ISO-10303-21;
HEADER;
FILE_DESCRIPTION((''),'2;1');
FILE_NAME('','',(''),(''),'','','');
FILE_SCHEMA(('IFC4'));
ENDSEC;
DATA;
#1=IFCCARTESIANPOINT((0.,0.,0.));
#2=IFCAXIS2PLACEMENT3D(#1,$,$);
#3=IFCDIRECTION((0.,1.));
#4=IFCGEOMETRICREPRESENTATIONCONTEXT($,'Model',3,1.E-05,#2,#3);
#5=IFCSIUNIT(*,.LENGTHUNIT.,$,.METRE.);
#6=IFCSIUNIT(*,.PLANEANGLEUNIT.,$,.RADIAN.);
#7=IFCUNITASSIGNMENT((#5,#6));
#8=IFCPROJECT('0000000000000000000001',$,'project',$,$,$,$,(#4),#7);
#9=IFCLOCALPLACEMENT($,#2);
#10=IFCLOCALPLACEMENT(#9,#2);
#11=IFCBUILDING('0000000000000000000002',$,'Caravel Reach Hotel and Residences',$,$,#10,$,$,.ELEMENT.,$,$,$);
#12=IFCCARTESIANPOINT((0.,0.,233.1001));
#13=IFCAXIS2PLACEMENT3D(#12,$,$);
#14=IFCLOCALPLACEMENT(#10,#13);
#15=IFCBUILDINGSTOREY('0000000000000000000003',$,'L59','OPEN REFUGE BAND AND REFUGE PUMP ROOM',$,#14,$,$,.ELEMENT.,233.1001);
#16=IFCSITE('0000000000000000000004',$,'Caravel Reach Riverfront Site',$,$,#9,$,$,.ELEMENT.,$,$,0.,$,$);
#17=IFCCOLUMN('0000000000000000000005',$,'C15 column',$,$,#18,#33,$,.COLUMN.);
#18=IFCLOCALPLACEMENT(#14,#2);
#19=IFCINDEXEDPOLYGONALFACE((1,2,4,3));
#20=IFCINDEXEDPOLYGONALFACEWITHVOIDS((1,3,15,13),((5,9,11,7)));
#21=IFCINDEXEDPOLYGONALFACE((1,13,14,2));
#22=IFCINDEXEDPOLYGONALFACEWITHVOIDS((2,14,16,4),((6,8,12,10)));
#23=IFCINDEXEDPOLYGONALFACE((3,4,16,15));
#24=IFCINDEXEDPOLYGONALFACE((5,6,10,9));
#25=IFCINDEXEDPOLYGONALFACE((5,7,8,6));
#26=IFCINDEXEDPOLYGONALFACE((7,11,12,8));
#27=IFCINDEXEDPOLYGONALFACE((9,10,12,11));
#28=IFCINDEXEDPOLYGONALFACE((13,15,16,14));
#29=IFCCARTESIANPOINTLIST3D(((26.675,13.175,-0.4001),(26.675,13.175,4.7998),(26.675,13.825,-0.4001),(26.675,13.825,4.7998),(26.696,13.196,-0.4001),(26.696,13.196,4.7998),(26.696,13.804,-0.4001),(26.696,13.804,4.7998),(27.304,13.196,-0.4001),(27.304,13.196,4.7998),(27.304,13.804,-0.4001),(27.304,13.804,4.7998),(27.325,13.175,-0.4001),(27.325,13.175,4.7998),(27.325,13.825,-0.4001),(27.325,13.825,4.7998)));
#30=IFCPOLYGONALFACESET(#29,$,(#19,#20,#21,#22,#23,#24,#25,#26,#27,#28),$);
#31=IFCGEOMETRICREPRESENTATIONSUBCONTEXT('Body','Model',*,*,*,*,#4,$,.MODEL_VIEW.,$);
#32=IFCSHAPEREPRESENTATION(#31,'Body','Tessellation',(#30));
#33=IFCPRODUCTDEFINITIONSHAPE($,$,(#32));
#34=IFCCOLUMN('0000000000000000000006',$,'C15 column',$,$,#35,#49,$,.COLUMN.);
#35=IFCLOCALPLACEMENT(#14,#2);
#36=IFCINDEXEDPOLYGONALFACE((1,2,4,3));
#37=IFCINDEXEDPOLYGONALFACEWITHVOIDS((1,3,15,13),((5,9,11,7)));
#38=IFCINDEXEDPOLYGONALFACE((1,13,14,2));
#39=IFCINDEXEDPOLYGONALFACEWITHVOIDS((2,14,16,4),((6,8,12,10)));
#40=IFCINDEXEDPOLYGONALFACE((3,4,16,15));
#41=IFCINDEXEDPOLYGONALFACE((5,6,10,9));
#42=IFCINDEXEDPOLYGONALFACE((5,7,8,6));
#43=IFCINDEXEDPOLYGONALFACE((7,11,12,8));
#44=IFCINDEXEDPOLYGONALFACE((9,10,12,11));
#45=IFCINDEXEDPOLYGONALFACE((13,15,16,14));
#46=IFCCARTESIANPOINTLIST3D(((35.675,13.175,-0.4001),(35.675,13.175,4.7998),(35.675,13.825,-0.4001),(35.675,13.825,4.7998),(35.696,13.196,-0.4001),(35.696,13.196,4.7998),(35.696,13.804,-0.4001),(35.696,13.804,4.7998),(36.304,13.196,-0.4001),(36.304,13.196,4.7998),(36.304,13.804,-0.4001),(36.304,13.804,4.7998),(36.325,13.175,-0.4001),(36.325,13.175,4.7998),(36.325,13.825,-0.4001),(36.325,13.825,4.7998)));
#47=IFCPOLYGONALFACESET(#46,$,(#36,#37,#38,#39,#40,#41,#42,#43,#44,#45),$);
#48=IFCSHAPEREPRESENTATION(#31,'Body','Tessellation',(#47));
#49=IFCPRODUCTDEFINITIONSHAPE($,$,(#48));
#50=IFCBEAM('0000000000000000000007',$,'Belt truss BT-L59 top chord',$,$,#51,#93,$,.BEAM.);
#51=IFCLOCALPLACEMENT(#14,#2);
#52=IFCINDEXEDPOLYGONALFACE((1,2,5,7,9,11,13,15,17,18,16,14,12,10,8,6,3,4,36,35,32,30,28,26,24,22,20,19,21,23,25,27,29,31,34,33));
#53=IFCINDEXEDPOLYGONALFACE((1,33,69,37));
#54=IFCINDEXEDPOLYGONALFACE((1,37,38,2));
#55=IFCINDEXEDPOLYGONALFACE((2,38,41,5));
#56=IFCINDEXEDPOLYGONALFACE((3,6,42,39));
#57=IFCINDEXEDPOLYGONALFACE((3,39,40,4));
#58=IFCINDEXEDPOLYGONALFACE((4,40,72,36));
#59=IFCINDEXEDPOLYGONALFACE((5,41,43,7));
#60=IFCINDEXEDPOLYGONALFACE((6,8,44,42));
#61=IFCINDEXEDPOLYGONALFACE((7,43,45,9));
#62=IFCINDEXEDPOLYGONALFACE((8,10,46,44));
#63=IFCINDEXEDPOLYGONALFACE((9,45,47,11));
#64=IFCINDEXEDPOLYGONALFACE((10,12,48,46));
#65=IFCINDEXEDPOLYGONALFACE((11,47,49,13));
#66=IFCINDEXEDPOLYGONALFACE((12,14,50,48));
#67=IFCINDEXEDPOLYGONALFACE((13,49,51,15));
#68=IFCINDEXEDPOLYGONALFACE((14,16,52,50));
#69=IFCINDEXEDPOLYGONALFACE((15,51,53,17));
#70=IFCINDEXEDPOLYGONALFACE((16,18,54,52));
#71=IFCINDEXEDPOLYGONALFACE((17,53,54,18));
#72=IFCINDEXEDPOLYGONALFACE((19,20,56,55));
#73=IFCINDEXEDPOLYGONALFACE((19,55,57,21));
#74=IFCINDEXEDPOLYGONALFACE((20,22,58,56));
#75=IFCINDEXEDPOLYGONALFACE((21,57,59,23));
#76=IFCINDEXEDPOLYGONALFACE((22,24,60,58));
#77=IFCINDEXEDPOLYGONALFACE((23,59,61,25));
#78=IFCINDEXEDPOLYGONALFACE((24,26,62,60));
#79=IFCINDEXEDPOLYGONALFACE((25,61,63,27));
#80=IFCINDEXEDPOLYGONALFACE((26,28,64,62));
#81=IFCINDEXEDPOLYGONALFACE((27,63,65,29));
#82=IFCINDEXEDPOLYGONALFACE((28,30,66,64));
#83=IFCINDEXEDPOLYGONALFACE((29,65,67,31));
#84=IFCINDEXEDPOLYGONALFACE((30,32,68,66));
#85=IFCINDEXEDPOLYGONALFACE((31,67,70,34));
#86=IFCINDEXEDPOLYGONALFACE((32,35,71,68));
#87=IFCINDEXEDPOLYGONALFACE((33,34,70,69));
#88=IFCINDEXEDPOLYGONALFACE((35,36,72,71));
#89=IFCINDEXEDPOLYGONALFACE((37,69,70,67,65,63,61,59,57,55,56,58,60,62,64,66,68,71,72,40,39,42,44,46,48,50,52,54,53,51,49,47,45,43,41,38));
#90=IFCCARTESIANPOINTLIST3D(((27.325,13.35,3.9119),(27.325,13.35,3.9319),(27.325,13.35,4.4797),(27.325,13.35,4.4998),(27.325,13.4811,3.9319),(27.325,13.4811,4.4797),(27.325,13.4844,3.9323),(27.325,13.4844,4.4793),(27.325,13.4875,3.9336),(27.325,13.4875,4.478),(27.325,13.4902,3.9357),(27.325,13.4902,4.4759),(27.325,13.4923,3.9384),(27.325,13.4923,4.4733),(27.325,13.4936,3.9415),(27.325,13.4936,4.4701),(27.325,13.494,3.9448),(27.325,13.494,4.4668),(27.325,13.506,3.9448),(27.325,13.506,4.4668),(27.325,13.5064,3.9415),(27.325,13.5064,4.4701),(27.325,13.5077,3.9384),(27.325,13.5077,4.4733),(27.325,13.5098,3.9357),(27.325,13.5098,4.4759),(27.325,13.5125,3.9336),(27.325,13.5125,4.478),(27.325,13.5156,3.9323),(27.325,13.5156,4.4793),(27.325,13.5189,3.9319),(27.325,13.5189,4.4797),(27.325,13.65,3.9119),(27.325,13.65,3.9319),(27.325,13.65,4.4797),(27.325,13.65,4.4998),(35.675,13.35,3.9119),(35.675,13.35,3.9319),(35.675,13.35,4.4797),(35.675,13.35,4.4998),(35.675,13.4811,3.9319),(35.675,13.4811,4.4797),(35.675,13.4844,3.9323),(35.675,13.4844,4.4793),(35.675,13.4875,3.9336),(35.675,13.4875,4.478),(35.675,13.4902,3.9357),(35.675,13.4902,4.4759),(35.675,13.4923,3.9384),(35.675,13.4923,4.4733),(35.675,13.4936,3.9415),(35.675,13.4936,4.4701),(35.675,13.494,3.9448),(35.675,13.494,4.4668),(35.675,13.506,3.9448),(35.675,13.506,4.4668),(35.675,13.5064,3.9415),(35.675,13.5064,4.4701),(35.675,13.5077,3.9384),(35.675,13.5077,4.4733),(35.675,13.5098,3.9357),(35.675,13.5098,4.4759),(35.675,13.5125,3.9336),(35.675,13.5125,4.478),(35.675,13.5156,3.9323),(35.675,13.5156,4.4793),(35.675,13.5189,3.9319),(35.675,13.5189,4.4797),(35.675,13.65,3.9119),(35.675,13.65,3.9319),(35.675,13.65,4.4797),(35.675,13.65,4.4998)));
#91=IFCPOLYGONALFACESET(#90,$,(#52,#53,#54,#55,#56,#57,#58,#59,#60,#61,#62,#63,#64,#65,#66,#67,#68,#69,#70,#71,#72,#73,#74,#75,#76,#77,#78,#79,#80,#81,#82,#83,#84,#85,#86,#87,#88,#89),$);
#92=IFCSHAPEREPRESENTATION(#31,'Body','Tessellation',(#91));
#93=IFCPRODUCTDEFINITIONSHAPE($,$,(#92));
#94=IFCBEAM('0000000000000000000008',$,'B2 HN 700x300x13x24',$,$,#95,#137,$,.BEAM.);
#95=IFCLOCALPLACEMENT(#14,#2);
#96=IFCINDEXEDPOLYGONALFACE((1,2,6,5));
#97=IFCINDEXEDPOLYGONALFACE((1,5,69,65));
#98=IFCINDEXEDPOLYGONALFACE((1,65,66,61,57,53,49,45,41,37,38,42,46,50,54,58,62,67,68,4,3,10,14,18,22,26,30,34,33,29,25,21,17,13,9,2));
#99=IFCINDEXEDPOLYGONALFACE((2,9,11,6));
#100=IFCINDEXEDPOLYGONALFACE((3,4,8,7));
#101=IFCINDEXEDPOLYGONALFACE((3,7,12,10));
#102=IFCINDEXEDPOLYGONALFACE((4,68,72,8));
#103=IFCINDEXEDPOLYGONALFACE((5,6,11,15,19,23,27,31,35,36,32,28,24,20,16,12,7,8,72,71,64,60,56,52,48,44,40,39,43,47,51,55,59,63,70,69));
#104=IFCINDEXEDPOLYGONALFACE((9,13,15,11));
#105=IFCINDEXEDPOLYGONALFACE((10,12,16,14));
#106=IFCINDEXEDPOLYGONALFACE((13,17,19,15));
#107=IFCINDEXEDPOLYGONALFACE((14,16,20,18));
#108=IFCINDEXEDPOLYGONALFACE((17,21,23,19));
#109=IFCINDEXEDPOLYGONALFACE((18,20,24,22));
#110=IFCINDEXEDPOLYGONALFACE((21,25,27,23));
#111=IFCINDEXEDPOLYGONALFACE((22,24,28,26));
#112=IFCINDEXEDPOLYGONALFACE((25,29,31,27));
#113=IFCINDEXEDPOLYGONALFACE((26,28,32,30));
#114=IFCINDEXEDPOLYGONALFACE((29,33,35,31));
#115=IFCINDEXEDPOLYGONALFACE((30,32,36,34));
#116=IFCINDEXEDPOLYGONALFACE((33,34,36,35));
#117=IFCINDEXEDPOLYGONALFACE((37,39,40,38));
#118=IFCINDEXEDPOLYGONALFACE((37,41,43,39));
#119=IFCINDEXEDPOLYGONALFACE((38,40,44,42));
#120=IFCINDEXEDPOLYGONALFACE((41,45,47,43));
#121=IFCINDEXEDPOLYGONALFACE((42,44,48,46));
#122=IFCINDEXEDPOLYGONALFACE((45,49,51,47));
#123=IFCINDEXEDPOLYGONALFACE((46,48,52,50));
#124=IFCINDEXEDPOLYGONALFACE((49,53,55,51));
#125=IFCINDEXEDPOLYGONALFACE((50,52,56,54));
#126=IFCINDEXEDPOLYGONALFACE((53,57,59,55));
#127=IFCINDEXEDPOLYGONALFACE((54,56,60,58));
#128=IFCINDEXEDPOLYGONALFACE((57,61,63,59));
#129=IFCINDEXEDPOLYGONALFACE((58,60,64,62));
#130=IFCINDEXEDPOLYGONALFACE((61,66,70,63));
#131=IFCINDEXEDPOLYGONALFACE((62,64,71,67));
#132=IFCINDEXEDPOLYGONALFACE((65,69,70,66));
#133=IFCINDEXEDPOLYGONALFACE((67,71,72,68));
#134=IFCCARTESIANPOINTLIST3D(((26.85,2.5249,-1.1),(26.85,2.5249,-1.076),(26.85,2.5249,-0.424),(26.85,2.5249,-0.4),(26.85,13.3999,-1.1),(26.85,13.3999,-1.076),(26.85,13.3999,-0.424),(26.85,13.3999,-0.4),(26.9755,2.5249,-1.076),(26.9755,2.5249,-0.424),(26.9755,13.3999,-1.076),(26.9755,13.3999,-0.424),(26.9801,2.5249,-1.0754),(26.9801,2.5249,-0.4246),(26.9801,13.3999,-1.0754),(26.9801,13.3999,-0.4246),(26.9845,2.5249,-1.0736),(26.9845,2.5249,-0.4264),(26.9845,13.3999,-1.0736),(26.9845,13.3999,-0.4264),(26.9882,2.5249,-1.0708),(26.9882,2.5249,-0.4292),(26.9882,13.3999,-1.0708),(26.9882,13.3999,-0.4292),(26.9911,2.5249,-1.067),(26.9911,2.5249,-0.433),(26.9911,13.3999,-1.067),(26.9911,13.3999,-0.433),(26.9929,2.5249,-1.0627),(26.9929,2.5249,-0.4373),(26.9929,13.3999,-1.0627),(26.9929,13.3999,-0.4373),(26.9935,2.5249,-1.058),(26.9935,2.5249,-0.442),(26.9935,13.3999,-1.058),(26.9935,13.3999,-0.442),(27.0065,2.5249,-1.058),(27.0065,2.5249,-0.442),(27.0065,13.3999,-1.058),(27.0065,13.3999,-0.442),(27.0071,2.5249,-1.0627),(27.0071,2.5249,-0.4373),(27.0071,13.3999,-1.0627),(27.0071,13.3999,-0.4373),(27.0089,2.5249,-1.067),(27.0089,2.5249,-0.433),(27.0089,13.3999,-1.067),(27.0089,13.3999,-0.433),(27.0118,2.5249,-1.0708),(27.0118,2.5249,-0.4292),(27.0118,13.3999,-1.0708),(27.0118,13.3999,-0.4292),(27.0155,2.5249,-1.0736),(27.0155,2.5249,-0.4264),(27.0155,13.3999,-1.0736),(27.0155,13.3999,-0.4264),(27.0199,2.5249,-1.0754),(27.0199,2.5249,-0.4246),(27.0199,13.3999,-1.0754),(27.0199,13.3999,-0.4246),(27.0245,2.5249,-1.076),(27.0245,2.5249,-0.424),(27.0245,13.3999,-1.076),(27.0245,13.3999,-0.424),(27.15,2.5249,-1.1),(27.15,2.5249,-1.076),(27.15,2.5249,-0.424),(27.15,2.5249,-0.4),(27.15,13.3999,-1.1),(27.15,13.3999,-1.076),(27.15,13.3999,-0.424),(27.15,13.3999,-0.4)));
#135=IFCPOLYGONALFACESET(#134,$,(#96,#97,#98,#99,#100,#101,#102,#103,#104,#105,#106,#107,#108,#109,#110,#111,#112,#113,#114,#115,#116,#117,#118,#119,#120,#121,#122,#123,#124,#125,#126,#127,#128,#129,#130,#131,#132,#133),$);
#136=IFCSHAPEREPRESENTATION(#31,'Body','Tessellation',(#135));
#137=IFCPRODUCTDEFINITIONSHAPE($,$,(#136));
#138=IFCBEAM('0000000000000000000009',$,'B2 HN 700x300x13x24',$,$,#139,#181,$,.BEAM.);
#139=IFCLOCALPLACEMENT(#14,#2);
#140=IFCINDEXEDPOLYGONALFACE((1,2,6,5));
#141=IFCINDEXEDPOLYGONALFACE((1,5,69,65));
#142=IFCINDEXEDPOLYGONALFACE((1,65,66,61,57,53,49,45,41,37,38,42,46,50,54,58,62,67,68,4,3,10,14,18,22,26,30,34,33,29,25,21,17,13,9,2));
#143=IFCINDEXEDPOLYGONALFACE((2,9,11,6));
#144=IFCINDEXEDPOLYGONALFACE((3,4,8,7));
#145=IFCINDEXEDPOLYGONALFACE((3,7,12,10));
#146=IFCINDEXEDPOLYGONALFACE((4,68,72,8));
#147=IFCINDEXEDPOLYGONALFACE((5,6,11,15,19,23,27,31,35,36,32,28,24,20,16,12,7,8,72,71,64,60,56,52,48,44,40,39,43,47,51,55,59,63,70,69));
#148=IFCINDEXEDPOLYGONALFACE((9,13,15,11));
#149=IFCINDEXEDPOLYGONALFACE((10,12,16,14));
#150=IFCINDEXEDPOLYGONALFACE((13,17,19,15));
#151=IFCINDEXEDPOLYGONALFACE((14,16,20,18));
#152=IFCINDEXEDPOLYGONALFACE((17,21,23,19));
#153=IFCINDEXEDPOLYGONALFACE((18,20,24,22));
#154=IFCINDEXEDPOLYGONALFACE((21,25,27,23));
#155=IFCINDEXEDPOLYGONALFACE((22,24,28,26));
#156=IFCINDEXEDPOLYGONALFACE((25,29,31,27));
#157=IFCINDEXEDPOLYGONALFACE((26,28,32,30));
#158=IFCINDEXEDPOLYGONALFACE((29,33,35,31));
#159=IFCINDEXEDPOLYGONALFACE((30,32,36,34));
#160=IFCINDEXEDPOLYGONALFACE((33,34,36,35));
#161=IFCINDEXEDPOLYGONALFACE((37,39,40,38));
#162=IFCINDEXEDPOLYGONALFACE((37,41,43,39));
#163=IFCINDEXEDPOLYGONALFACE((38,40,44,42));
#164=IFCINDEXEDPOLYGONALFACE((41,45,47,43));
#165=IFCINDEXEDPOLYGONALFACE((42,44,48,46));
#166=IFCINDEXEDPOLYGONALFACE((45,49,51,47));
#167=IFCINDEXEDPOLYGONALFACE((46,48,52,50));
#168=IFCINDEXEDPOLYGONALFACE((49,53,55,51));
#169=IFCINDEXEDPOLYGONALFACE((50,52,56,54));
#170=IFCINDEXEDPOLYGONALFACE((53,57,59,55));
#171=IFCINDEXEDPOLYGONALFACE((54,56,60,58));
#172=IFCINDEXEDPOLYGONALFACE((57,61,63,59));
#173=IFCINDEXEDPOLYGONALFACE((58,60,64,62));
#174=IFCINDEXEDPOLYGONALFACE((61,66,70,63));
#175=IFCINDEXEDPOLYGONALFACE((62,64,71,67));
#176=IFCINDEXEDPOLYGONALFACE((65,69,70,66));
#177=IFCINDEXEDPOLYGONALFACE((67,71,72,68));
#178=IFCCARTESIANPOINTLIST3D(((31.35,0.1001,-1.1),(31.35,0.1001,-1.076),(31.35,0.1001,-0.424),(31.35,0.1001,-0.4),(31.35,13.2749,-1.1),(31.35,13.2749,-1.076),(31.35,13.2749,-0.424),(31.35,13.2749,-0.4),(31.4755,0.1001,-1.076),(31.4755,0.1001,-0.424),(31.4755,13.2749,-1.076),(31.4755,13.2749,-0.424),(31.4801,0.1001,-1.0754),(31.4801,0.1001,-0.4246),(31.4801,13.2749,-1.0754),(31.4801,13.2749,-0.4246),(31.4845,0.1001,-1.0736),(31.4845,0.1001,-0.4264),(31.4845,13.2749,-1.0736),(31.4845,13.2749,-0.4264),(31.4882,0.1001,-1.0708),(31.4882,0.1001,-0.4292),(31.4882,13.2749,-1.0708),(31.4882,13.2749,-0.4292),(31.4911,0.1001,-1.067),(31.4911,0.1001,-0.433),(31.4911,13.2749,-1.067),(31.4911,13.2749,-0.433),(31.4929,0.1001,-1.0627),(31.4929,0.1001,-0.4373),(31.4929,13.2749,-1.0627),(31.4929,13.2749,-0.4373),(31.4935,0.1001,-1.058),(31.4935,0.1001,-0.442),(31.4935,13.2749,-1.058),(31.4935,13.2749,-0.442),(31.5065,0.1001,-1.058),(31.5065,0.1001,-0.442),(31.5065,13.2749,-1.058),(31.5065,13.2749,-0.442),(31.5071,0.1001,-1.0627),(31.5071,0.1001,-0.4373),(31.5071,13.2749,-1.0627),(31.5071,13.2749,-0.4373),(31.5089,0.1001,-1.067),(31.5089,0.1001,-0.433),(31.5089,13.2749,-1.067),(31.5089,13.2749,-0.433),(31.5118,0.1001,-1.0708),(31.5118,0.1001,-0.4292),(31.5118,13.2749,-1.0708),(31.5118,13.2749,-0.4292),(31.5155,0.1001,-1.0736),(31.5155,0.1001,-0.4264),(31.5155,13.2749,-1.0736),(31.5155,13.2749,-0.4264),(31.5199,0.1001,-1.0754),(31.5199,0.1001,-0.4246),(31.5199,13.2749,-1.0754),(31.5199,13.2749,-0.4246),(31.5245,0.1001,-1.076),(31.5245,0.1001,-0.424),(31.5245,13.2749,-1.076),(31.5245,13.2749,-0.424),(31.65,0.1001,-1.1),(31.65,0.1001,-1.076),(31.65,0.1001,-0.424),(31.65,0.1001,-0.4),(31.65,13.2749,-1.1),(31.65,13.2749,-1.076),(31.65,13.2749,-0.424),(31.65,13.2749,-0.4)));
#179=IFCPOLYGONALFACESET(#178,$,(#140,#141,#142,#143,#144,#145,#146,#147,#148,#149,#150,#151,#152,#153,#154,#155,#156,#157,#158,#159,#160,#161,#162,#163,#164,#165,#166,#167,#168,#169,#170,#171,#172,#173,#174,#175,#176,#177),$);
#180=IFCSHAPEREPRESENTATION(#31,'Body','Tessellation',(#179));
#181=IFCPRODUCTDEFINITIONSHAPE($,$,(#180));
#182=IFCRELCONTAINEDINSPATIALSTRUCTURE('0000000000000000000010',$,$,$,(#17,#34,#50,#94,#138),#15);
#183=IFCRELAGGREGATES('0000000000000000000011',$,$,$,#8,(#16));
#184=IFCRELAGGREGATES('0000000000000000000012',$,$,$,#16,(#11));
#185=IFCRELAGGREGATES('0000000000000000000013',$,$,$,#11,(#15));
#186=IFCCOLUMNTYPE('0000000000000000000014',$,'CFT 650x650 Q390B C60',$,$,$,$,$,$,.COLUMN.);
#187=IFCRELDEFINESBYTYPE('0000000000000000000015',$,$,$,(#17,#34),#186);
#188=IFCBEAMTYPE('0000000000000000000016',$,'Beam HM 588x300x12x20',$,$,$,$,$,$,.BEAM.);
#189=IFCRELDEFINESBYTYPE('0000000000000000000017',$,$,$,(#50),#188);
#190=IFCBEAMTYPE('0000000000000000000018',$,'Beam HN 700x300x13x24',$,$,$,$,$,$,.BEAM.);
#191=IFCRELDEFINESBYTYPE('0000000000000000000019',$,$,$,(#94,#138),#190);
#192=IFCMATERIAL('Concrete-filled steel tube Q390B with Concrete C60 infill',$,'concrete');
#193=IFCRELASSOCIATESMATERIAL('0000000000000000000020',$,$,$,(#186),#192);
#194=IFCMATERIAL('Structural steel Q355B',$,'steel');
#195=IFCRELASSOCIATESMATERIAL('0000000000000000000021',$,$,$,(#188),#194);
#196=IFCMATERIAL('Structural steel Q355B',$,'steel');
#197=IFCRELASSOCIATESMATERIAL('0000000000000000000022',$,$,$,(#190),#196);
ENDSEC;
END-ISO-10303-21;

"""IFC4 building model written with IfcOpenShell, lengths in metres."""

from ifc_helpers import new_model, si_unit, direction, frame, origin, origin_2d, place, context, subcontext, project, spatial, hollow_rectangle, i_section, extrude, material, material_profile, profile_set, type_object, element, save


model = new_model("IFC4")

# Units and contexts
model_context = context("Model", 3, precision=1e-05, world=origin(), true_north=direction((0.0, 1.0)))
body_context = subcontext(model_context, "Body", "Model", "MODEL_VIEW")
ifc_project = project(units=[si_unit("LENGTHUNIT", "METRE"), si_unit("PLANEANGLEUNIT", "RADIAN")], contexts=[model_context])

# Site, building, storey
site_placement = place(None, origin())
site = spatial("IfcSite", under=ifc_project, at=site_placement, Name="Caravel Reach Riverfront Site", CompositionType="ELEMENT", RefElevation=0.0)
building_placement = place(site_placement, origin())
building = spatial("IfcBuilding", under=site, at=building_placement, Name="Caravel Reach Hotel and Residences", CompositionType="ELEMENT")
storey_placement = place(building_placement, frame((0.0, 0.0, 233.1001)))
storey = spatial("IfcBuildingStorey", under=building, at=storey_placement, Name="L59", Description="OPEN REFUGE BAND AND REFUGE PUMP ROOM", CompositionType="ELEMENT", Elevation=233.1001)

# Columns
ifc_material_1 = material(Name="Concrete-filled steel tube Q390B with Concrete C60 infill", Category="concrete")
ifc_material_profile_1 = material_profile(ifc_material_1, hollow_rectangle(XDim=0.6499, YDim=0.6499, WallThickness=0.021, at=origin_2d()), Name="RHS 650x650x21")
ifc_profile_set_1 = profile_set([ifc_material_profile_1], Name="Concrete-filled steel tube Q390B with Concrete C60 infill")
column_type = type_object("IfcColumnType", Name="CFT 650x650 Q390B C60", PredefinedType="COLUMN", material=ifc_profile_set_1)
for number, where, z_axis, x_axis, name in (
    (1, (27.0, 13.5, -0.4001), (0.0, 0.0, 1.0), (1.0, 0.0, 0.0), "C15 column"),
    (2, (36.0, 13.5, -0.4001), (0.0, 0.0, 1.0), (1.0, 0.0, 0.0), "C15 column"),
):
    element("IfcColumn", number, at=place(storey_placement, frame(where, z_axis=z_axis, x_axis=x_axis)), inside=storey, type_object=column_type, Name=name, PredefinedType="COLUMN", context=body_context, shape_type="SweptSolid", body=[
        extrude(hollow_rectangle(XDim=0.6499, YDim=0.6499, WallThickness=0.021, at=origin_2d()), origin(), (0.0, 0.0, 1.0), 5.2),
    ])

# Beams
ifc_material_2 = material(Name="Structural steel Q355B", Category="steel")
ifc_material_profile_2 = material_profile(ifc_material_2, i_section(OverallWidth=0.3, OverallDepth=0.5879, WebThickness=0.012, FlangeThickness=0.02, FilletRadius=0.0129, at=origin_2d()), Name="HM 588x300x12x20")
ifc_profile_set_2 = profile_set([ifc_material_profile_2], Name="Structural steel Q355B")
beam_type_1 = type_object("IfcBeamType", Name="Beam HM 588x300x12x20", PredefinedType="BEAM", material=ifc_profile_set_2)
beam_1_placement = place(storey_placement, frame((27.325, 13.5, 4.2058), z_axis=(1.0, 0.0, 0.0), x_axis=(0.0, 1.0, 0.0)))
element("IfcBeam", 3, at=beam_1_placement, inside=storey, type_object=beam_type_1, Name="Belt truss BT-L59 top chord", PredefinedType="BEAM", context=body_context, shape_type="SweptSolid", body=[
    extrude(i_section(OverallWidth=0.3, OverallDepth=0.5879, WebThickness=0.012, FlangeThickness=0.02, FilletRadius=0.0129, at=origin_2d()), origin(), (0.0, 0.0, 1.0), 8.3501),
])
ifc_material_3 = material(Name="Structural steel Q355B", Category="steel")
ifc_material_profile_3 = material_profile(ifc_material_3, i_section(OverallWidth=0.3, OverallDepth=0.7, WebThickness=0.0129, FlangeThickness=0.0239, FilletRadius=0.0181, at=origin_2d()), Name="HN 700x300x13x24")
ifc_profile_set_3 = profile_set([ifc_material_profile_3], Name="Structural steel Q355B")
beam_type_2 = type_object("IfcBeamType", Name="Beam HN 700x300x13x24", PredefinedType="BEAM", material=ifc_profile_set_3)
beam_2_placement = place(storey_placement, frame((27.0, 13.3999, -0.75), z_axis=(0.0, -1.0, 0.0), x_axis=(1.0, 0.0, 0.0)))
element("IfcBeam", 4, at=beam_2_placement, inside=storey, type_object=beam_type_2, Name="B2 HN 700x300x13x24", PredefinedType="BEAM", context=body_context, shape_type="SweptSolid", body=[
    extrude(i_section(OverallWidth=0.3, OverallDepth=0.7, WebThickness=0.0129, FlangeThickness=0.0239, FilletRadius=0.0181, at=origin_2d()), origin(), (0.0, 0.0, 1.0), 10.875),
])
beam_3_placement = place(storey_placement, frame((31.5, 13.2749, -0.75), z_axis=(0.0, -1.0, 0.0), x_axis=(1.0, 0.0, 0.0)))
element("IfcBeam", 5, at=beam_3_placement, inside=storey, type_object=beam_type_2, Name="B2 HN 700x300x13x24", PredefinedType="BEAM", context=body_context, shape_type="SweptSolid", body=[
    extrude(i_section(OverallWidth=0.3, OverallDepth=0.7, WebThickness=0.0129, FlangeThickness=0.0239, FilletRadius=0.0181, at=origin_2d()), origin(), (0.0, 0.0, 1.0), 13.1748),
])

save(model, "model.ifc")
